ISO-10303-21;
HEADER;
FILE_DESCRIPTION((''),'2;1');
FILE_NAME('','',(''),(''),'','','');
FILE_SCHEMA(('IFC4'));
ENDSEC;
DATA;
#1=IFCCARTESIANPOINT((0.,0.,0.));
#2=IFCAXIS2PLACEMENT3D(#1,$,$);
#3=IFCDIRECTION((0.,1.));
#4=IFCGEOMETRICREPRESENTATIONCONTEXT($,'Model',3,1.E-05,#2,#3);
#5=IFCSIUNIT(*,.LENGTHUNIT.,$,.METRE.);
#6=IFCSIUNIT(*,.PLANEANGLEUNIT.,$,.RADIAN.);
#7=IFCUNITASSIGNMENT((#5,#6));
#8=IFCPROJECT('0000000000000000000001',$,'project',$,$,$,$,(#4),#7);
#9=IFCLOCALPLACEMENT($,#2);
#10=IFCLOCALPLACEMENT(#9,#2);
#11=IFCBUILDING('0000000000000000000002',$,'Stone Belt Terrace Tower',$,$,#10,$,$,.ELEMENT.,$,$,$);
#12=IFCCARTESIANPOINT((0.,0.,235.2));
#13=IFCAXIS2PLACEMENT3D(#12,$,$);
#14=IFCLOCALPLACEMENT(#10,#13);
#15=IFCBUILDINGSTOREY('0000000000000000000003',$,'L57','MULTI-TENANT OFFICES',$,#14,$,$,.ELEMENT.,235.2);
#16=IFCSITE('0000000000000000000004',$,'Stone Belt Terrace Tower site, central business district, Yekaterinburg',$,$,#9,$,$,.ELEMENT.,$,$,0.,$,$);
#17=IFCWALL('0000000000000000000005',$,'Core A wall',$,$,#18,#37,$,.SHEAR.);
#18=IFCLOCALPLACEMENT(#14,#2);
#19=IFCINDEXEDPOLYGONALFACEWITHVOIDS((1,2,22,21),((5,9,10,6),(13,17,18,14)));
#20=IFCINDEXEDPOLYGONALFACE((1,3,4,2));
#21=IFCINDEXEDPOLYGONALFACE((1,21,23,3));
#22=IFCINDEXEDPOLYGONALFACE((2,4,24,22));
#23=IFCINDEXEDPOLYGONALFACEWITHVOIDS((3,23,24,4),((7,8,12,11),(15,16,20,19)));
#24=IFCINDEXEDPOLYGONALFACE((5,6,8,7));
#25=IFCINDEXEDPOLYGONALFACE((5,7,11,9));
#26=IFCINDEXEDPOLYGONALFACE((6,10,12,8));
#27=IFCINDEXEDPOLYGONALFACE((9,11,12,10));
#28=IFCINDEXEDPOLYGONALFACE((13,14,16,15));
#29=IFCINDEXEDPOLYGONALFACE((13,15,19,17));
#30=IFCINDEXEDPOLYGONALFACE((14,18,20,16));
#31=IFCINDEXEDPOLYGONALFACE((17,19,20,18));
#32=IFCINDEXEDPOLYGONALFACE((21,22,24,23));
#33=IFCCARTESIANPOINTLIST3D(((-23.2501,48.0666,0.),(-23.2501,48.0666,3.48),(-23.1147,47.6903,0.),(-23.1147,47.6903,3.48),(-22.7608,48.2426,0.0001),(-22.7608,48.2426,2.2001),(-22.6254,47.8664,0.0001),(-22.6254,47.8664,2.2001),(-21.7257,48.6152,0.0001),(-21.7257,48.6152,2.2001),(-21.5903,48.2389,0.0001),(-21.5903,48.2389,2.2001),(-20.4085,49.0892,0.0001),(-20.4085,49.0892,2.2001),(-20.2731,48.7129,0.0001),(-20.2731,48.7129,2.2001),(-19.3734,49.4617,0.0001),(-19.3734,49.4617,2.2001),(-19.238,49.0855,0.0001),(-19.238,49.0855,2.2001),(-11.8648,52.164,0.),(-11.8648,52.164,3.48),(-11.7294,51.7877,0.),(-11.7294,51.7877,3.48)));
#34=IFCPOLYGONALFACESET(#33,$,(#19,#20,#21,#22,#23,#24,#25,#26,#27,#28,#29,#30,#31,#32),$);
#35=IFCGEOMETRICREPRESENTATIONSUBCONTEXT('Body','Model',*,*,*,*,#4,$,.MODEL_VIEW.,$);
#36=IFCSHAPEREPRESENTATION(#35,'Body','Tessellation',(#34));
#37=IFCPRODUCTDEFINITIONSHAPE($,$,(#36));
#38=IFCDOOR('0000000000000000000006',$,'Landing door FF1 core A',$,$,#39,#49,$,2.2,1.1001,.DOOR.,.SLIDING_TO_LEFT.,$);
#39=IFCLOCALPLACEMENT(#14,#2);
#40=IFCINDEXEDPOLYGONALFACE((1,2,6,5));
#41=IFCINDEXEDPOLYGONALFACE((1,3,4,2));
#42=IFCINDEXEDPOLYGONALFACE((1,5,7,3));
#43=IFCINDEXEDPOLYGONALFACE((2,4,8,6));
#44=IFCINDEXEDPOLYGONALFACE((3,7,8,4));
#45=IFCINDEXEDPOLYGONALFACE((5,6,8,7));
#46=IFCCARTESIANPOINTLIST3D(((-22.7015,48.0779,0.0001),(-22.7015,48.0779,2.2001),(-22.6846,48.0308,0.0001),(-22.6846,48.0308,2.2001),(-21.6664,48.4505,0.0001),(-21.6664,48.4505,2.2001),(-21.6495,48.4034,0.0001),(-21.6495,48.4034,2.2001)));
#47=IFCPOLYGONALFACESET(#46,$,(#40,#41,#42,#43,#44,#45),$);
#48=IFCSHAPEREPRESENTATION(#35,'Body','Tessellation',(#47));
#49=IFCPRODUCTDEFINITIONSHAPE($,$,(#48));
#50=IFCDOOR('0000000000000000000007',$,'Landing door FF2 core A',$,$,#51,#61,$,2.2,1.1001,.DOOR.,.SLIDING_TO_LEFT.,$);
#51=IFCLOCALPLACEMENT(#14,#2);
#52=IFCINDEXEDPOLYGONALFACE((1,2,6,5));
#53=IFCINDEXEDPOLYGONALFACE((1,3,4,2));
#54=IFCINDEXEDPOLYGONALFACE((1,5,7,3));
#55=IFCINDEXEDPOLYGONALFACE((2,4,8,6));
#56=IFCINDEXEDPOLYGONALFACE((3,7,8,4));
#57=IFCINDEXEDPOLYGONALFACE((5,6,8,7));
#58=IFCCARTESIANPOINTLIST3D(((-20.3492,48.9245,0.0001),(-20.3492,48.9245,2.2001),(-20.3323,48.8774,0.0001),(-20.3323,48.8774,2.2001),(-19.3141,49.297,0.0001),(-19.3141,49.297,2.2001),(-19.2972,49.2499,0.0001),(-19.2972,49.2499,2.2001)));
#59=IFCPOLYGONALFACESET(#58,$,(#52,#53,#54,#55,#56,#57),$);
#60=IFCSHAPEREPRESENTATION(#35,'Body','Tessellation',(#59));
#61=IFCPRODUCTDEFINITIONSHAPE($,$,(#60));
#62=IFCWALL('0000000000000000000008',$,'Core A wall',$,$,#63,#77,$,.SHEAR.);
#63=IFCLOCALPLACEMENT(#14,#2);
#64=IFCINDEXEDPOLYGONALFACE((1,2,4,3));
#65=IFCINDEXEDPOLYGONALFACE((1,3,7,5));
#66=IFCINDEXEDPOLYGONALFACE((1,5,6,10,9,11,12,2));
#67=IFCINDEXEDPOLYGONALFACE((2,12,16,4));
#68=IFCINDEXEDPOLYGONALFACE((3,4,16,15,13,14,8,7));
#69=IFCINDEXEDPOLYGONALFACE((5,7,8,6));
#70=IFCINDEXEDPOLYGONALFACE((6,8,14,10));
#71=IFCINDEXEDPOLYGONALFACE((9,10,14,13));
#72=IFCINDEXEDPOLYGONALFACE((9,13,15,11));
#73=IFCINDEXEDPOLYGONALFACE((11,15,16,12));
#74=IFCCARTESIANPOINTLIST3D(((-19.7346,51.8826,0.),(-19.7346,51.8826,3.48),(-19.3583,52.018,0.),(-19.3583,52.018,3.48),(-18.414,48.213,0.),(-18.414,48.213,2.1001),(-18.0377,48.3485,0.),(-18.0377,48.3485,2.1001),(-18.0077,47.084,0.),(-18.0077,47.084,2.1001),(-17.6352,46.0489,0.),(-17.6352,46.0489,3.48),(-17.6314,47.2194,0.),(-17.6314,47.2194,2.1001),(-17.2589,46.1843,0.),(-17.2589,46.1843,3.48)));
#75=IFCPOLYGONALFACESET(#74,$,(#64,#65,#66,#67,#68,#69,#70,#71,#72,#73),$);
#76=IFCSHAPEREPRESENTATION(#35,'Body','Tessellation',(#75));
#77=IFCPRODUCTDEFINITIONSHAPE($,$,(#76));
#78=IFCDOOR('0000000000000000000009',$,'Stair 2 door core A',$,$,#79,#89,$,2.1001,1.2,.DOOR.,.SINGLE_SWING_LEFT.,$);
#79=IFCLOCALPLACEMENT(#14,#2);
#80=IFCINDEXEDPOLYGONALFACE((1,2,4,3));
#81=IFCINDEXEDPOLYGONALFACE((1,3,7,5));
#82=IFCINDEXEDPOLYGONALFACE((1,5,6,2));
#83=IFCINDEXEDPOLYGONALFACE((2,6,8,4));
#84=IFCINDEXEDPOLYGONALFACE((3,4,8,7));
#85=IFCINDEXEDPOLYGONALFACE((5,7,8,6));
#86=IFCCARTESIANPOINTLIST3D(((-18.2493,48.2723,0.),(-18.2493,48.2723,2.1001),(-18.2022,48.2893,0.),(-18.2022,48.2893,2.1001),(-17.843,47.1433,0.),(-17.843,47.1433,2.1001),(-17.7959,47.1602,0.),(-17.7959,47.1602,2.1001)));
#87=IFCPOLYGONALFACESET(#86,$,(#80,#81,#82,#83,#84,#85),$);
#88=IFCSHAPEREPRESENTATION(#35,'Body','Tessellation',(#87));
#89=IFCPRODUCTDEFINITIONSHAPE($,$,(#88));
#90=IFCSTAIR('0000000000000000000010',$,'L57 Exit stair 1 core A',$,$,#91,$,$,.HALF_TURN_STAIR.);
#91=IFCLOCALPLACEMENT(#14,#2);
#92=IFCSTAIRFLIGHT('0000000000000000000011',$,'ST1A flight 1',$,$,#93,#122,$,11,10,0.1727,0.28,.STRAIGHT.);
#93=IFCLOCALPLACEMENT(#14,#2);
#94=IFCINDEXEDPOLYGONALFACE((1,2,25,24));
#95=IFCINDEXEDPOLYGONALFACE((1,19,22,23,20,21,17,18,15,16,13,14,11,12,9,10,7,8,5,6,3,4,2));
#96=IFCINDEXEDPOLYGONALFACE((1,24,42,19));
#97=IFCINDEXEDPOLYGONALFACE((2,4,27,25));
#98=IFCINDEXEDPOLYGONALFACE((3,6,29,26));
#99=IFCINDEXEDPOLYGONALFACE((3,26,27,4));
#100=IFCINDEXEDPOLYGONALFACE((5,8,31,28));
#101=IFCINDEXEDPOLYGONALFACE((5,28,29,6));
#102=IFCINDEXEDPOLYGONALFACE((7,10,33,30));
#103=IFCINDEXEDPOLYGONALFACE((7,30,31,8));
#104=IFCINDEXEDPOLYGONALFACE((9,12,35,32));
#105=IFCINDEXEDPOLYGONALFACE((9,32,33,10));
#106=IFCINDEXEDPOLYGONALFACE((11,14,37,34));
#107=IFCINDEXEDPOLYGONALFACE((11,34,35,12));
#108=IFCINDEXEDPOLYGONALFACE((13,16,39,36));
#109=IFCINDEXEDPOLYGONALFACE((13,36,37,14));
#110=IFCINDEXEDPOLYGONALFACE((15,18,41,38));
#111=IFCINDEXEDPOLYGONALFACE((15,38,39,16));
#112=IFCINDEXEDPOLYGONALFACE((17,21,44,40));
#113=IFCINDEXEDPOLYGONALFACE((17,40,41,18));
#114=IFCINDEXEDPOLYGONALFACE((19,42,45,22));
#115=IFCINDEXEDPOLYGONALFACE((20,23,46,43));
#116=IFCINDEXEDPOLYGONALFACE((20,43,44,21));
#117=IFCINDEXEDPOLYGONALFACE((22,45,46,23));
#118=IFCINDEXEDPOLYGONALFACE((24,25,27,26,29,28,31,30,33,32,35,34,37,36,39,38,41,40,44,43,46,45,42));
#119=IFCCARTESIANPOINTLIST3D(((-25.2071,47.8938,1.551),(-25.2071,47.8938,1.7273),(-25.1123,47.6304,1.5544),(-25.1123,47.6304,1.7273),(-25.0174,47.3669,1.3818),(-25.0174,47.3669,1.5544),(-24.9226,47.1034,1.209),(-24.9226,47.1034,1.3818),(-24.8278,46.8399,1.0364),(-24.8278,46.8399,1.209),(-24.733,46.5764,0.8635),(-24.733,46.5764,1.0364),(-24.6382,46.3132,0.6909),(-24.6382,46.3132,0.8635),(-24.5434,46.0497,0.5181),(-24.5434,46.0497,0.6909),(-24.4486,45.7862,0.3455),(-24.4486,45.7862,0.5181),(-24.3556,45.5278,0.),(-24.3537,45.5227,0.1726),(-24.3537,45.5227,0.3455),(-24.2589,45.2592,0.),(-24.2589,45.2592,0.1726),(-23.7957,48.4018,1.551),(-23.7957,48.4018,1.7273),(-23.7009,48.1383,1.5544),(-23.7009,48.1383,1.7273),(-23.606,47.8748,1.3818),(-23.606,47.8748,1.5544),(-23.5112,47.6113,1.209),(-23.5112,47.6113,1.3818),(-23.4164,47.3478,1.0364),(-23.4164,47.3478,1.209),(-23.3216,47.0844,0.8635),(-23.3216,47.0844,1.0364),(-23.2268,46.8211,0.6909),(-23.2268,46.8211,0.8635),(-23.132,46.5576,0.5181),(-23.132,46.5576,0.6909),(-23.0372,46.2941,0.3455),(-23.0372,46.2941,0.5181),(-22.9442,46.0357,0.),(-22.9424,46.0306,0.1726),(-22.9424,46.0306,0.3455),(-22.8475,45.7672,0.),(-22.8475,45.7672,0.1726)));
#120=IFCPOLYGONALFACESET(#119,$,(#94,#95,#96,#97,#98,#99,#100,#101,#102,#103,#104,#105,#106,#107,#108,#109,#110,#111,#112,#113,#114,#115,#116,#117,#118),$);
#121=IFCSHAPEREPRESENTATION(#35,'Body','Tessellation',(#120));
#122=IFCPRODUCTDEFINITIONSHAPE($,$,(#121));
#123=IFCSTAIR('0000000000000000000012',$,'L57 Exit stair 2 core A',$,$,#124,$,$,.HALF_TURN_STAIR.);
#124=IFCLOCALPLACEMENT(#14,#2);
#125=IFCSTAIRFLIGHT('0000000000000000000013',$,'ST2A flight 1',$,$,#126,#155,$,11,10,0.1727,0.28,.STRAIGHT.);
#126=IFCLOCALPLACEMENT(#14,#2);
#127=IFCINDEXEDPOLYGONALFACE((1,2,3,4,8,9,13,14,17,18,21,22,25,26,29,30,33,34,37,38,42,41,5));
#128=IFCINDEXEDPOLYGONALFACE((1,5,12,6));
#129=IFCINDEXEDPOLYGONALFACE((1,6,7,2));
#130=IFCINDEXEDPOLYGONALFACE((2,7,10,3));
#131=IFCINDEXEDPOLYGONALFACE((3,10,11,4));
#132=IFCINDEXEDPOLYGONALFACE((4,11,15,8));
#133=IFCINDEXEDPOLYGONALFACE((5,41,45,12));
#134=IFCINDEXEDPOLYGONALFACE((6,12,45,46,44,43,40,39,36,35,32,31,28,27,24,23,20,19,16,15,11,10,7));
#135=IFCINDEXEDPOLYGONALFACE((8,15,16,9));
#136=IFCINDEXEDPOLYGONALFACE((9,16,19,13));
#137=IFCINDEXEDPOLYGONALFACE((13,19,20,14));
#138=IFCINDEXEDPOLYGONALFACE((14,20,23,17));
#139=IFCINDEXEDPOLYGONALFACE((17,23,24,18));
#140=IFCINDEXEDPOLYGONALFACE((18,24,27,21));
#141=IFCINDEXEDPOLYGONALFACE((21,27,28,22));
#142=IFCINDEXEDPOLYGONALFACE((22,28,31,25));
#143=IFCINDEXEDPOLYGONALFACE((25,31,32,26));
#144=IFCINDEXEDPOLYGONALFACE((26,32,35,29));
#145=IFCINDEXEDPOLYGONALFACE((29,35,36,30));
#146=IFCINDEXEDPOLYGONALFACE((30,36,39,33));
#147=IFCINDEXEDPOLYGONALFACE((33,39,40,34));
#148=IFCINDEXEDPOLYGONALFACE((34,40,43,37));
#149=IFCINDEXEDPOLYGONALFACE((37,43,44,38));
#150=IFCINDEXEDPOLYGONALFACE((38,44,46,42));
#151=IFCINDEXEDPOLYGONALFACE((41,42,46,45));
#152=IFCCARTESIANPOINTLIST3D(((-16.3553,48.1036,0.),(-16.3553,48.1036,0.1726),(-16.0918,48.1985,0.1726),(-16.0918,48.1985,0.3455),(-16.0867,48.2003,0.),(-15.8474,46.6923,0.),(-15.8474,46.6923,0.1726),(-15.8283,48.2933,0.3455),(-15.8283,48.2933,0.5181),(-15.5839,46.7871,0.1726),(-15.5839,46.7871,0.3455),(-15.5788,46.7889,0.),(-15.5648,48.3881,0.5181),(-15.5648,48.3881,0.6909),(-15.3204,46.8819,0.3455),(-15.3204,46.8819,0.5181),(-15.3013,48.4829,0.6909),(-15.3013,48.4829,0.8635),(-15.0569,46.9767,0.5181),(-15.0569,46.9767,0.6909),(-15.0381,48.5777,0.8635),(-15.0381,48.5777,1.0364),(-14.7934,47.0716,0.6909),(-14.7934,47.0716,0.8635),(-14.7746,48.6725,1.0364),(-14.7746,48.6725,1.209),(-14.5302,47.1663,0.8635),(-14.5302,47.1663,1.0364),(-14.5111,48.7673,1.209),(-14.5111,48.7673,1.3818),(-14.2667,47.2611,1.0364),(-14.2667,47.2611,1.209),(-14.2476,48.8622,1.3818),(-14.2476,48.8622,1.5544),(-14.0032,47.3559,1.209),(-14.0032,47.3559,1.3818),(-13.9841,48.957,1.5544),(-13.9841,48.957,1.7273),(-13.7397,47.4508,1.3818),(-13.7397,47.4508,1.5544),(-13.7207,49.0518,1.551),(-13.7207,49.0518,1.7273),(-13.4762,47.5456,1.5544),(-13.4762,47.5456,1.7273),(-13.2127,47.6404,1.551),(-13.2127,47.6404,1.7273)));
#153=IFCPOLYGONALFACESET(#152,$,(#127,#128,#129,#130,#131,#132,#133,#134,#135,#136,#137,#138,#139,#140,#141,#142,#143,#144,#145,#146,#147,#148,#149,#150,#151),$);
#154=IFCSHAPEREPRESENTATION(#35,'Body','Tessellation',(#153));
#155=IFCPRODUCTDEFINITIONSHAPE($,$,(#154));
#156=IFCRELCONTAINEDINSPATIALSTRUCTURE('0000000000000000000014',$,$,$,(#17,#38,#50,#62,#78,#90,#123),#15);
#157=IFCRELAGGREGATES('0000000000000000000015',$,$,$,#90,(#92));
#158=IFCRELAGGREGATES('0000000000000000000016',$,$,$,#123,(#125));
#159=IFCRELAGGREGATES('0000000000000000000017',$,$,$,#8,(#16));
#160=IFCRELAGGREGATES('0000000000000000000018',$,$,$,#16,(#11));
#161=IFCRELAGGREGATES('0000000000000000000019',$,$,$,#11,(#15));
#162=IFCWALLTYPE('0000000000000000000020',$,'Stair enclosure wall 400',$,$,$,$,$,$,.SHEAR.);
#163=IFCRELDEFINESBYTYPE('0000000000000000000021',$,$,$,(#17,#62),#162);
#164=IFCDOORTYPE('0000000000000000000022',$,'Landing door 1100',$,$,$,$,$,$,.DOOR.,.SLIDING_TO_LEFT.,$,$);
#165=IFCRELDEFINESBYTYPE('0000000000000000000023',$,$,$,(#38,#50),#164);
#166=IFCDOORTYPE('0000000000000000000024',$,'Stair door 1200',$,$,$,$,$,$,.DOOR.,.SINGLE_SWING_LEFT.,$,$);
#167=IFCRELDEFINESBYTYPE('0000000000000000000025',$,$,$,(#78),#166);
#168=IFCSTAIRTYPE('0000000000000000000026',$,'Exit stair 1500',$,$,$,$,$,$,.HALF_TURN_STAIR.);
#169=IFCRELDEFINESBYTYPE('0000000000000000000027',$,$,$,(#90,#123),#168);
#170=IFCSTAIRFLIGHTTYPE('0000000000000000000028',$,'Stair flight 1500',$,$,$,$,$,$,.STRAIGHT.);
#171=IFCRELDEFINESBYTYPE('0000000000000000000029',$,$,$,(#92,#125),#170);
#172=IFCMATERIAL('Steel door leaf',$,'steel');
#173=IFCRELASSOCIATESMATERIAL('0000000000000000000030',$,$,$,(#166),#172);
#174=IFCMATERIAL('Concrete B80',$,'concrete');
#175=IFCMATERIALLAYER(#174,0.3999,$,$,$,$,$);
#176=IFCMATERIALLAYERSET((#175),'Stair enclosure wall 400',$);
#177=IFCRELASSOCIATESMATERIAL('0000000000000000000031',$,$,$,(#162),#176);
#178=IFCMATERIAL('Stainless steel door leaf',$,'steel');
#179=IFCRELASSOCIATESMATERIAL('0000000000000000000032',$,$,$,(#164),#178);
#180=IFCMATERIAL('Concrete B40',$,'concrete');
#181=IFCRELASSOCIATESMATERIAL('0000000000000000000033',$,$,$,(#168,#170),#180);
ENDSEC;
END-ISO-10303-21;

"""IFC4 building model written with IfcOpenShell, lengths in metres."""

from ifc_helpers import new_model, si_unit, direction, frame, frame_2d, origin, place, context, subcontext, project, spatial, polyline, rectangle, outline, extrude, material, layer, layer_set, type_object, element, fill, aggregate, save


model = new_model("IFC4")

# Units and contexts
model_context = context("Model", 3, precision=1e-05, world=origin(), true_north=direction((0.0, 1.0)))
body_context = subcontext(model_context, "Body", "Model", "MODEL_VIEW")
ifc_project = project(units=[si_unit("LENGTHUNIT", "METRE"), si_unit("PLANEANGLEUNIT", "RADIAN")], contexts=[model_context])

# Site, building, storey
site_placement = place(None, origin())
site = spatial("IfcSite", under=ifc_project, at=site_placement, Name="Stone Belt Terrace Tower site, central business district, Yekaterinburg", CompositionType="ELEMENT", RefElevation=0.0)
building_placement = place(site_placement, origin())
building = spatial("IfcBuilding", under=site, at=building_placement, Name="Stone Belt Terrace Tower", CompositionType="ELEMENT")
storey_placement = place(building_placement, frame((0.0, 0.0, 235.2)))
storey = spatial("IfcBuildingStorey", under=building, at=storey_placement, Name="L57", Description="MULTI-TENANT OFFICES", CompositionType="ELEMENT", Elevation=235.2)

# Shared definitions
ifc_material_1 = material(Name="Concrete B80", Category="concrete")

# Shared definitions
ifc_material_2 = material(Name="Steel door leaf", Category="steel")
door_type_1 = type_object("IfcDoorType", Name="Stair door 1200", OperationType="SINGLE_SWING_LEFT", PredefinedType="DOOR", material=ifc_material_2)
ifc_layer_1 = layer(ifc_material_1, 0.3999)
ifc_layer_set_1 = layer_set([ifc_layer_1], Name="Stair enclosure wall 400")
wall_type_1 = type_object("IfcWallType", Name="Stair enclosure wall 400", PredefinedType="SHEAR", material=ifc_layer_set_1)

# Wall, openings, doors
wall_1_placement = place(storey_placement, frame((-23.1824, 47.8784, 0.0), z_axis=(0.0, 0.0, 1.0), x_axis=(0.940921, 0.338626, 0.0)))
wall_1 = element("IfcWall", 1, at=wall_1_placement, inside=storey, type_object=wall_type_1, Name="Core A wall", PredefinedType="SHEAR", context=body_context, shape_type="SweptSolid", body=[
    extrude(rectangle(XDim=12.1001, YDim=0.3999, at=frame_2d((6.05, 0.0))), origin(), (0.0, 0.0, 1.0), 3.48),
])
opening_1_placement = place(wall_1_placement, frame((0.52, 0.0, 0.0)))
opening_1 = element("IfcOpeningElement", 2, at=opening_1_placement, cuts=wall_1, PredefinedType="OPENING", context=body_context, shape_type="SweptSolid", body=[
    extrude(rectangle(XDim=1.1001, YDim=2.2, at=frame_2d((0.55, 1.1001))), frame((0.0, 0.21, 0.0), z_axis=(0.0, -1.0, 0.0), x_axis=(1.0, 0.0, 0.0)), (0.0, 0.0, 1.0), 0.4199),
])
opening_2_placement = place(wall_1_placement, frame((3.02, 0.0, 0.0)))
opening_2 = element("IfcOpeningElement", 3, at=opening_2_placement, cuts=wall_1, PredefinedType="OPENING", context=body_context, shape_type="SweptSolid", body=[
    extrude(rectangle(XDim=1.1001, YDim=2.2, at=frame_2d((0.55, 1.1001))), frame((0.0, 0.21, 0.0), z_axis=(0.0, -1.0, 0.0), x_axis=(1.0, 0.0, 0.0)), (0.0, 0.0, 1.0), 0.4199),
])
ifc_material_3 = material(Name="Stainless steel door leaf", Category="steel")
door_type_2 = type_object("IfcDoorType", Name="Landing door 1100", OperationType="SLIDING_TO_LEFT", PredefinedType="DOOR", material=ifc_material_3)
door_1_placement = place(opening_1_placement, origin())
door_1 = element("IfcDoor", 4, at=door_1_placement, inside=storey, type_object=door_type_2, Name="Landing door FF1 core A", OperationType="SLIDING_TO_LEFT", OverallHeight=2.2, OverallWidth=1.1001, PredefinedType="DOOR", context=body_context, shape_type="SweptSolid", body=[
    extrude(rectangle(XDim=1.1001, YDim=2.2, at=frame_2d((0.55, 1.1001))), frame((0.0, 0.0249, 0.0), z_axis=(0.0, -1.0, 0.0), x_axis=(1.0, 0.0, 0.0)), (0.0, 0.0, 1.0), 0.05),
])
fill(opening_1, door_1)
door_2_placement = place(opening_2_placement, origin())
door_2 = element("IfcDoor", 5, at=door_2_placement, inside=storey, type_object=door_type_2, Name="Landing door FF2 core A", OperationType="SLIDING_TO_LEFT", OverallHeight=2.2, OverallWidth=1.1001, PredefinedType="DOOR", context=body_context, shape_type="SweptSolid", body=[
    extrude(rectangle(XDim=1.1001, YDim=2.2, at=frame_2d((0.55, 1.1001))), frame((0.0, 0.0249, 0.0), z_axis=(0.0, -1.0, 0.0), x_axis=(1.0, 0.0, 0.0)), (0.0, 0.0, 1.0), 0.05),
])
fill(opening_2, door_2)

# Wall, opening, door
wall_2_placement = place(storey_placement, frame((-17.447, 46.1165, 0.0), z_axis=(0.0, 0.0, 1.0), x_axis=(-0.338608, 0.940928, 0.0)))
wall_2 = element("IfcWall", 6, at=wall_2_placement, inside=storey, type_object=wall_type_1, Name="Core A wall", PredefinedType="SHEAR", context=body_context, shape_type="SweptSolid", body=[
    extrude(rectangle(XDim=6.2, YDim=0.3999, at=frame_2d((3.1001, 0.0))), origin(), (0.0, 0.0, 1.0), 3.48),
])
opening_3_placement = place(wall_2_placement, frame((1.1001, 0.0, 0.0)))
opening_3 = element("IfcOpeningElement", 7, at=opening_3_placement, cuts=wall_2, PredefinedType="OPENING", context=body_context, shape_type="SweptSolid", body=[
    extrude(rectangle(XDim=1.2, YDim=2.1001, at=frame_2d((0.6001, 1.05))), frame((0.0, 0.21, 0.0), z_axis=(0.0, -1.0, 0.0), x_axis=(1.0, 0.0, 0.0)), (0.0, 0.0, 1.0), 0.4199),
])
door_3_placement = place(opening_3_placement, origin())
door_3 = element("IfcDoor", 8, at=door_3_placement, inside=storey, type_object=door_type_1, Name="Stair 2 door core A", OperationType="SINGLE_SWING_LEFT", OverallHeight=2.1001, OverallWidth=1.2, PredefinedType="DOOR", context=body_context, shape_type="SweptSolid", body=[
    extrude(rectangle(XDim=1.2, YDim=2.1001, at=frame_2d((0.6001, 1.05))), frame((0.0, 0.0249, 0.0), z_axis=(0.0, -1.0, 0.0), x_axis=(1.0, 0.0, 0.0)), (0.0, 0.0, 1.0), 0.05),
])
fill(opening_3, door_3)

# Stairs, stair flights
ifc_material_4 = material(Name="Concrete B40", Category="concrete")
stair_type = type_object("IfcStairType", Name="Exit stair 1500", PredefinedType="HALF_TURN_STAIR", material=ifc_material_4)
stair_1_placement = place(storey_placement, origin())
stair_1 = element("IfcStair", 9, at=stair_1_placement, inside=storey, type_object=stair_type, Name="L57 Exit stair 1 core A", PredefinedType="HALF_TURN_STAIR")
stair_flight_type = type_object("IfcStairFlightType", Name="Stair flight 1500", PredefinedType="STRAIGHT", material=ifc_material_4)
stair_flight_1_placement = place(storey_placement, frame((-23.5532, 45.5132, 0.0), z_axis=(0.0, 0.0, 1.0), x_axis=(-0.338624, 0.940922, 0.0)))
stair_flight_1 = element("IfcStairFlight", 10, at=stair_flight_1_placement, type_object=stair_flight_type, Name="ST1A flight 1", NumberOfRisers=11, NumberOfTreads=10, PredefinedType="STRAIGHT", RiserHeight=0.1727, TreadLength=0.28, context=body_context, shape_type="SweptSolid", body=[
    extrude(outline(polyline([(0.0, 0.0), (0.0, 0.1726), (0.28, 0.1726), (0.28, 0.3455), (0.5601, 0.3455), (0.5601, 0.5181), (0.8401, 0.5181), (0.8401, 0.6909), (1.1201, 0.6909), (1.1201, 0.8635), (1.3999, 0.8635), (1.3999, 1.0364), (1.6799, 1.0364), (1.6799, 1.209), (1.96, 1.209), (1.96, 1.3818), (2.24, 1.3818), (2.24, 1.5544), (2.52, 1.5544), (2.52, 1.7273), (2.8, 1.7273), (2.8, 1.8999), (2.8, 1.551), (0.2854, 0.0), (0.0, 0.0)])), frame((0.0, 0.75, 0.0), z_axis=(0.0, -1.0, 0.0), x_axis=(1.0, 0.0, 0.0)), (0.0, 0.0, 1.0), 1.5),
])
aggregate(stair_1, [stair_flight_1])
stair_2_placement = place(storey_placement, origin())
stair_2 = element("IfcStair", 11, at=stair_2_placement, inside=storey, type_object=stair_type, Name="L57 Exit stair 2 core A", PredefinedType="HALF_TURN_STAIR")
stair_flight_2_placement = place(storey_placement, frame((-16.1013, 47.3979, 0.0), z_axis=(0.0, 0.0, 1.0), x_axis=(0.940922, 0.338624, 0.0)))
stair_flight_2 = element("IfcStairFlight", 12, at=stair_flight_2_placement, type_object=stair_flight_type, Name="ST2A flight 1", NumberOfRisers=11, NumberOfTreads=10, PredefinedType="STRAIGHT", RiserHeight=0.1727, TreadLength=0.28, context=body_context, shape_type="SweptSolid", body=[
    extrude(outline(polyline([(0.0, 0.0), (0.0, 0.1726), (0.28, 0.1726), (0.28, 0.3455), (0.5601, 0.3455), (0.5601, 0.5181), (0.8401, 0.5181), (0.8401, 0.6909), (1.1201, 0.6909), (1.1201, 0.8635), (1.3999, 0.8635), (1.3999, 1.0364), (1.6799, 1.0364), (1.6799, 1.209), (1.96, 1.209), (1.96, 1.3818), (2.24, 1.3818), (2.24, 1.5544), (2.52, 1.5544), (2.52, 1.7273), (2.8, 1.7273), (2.8, 1.8999), (2.8, 1.551), (0.2854, 0.0), (0.0, 0.0)])), frame((0.0, 0.75, 0.0), z_axis=(0.0, -1.0, 0.0), x_axis=(1.0, 0.0, 0.0)), (0.0, 0.0, 1.0), 1.5),
])
aggregate(stair_2, [stair_flight_2])

save(model, "model.ifc")
